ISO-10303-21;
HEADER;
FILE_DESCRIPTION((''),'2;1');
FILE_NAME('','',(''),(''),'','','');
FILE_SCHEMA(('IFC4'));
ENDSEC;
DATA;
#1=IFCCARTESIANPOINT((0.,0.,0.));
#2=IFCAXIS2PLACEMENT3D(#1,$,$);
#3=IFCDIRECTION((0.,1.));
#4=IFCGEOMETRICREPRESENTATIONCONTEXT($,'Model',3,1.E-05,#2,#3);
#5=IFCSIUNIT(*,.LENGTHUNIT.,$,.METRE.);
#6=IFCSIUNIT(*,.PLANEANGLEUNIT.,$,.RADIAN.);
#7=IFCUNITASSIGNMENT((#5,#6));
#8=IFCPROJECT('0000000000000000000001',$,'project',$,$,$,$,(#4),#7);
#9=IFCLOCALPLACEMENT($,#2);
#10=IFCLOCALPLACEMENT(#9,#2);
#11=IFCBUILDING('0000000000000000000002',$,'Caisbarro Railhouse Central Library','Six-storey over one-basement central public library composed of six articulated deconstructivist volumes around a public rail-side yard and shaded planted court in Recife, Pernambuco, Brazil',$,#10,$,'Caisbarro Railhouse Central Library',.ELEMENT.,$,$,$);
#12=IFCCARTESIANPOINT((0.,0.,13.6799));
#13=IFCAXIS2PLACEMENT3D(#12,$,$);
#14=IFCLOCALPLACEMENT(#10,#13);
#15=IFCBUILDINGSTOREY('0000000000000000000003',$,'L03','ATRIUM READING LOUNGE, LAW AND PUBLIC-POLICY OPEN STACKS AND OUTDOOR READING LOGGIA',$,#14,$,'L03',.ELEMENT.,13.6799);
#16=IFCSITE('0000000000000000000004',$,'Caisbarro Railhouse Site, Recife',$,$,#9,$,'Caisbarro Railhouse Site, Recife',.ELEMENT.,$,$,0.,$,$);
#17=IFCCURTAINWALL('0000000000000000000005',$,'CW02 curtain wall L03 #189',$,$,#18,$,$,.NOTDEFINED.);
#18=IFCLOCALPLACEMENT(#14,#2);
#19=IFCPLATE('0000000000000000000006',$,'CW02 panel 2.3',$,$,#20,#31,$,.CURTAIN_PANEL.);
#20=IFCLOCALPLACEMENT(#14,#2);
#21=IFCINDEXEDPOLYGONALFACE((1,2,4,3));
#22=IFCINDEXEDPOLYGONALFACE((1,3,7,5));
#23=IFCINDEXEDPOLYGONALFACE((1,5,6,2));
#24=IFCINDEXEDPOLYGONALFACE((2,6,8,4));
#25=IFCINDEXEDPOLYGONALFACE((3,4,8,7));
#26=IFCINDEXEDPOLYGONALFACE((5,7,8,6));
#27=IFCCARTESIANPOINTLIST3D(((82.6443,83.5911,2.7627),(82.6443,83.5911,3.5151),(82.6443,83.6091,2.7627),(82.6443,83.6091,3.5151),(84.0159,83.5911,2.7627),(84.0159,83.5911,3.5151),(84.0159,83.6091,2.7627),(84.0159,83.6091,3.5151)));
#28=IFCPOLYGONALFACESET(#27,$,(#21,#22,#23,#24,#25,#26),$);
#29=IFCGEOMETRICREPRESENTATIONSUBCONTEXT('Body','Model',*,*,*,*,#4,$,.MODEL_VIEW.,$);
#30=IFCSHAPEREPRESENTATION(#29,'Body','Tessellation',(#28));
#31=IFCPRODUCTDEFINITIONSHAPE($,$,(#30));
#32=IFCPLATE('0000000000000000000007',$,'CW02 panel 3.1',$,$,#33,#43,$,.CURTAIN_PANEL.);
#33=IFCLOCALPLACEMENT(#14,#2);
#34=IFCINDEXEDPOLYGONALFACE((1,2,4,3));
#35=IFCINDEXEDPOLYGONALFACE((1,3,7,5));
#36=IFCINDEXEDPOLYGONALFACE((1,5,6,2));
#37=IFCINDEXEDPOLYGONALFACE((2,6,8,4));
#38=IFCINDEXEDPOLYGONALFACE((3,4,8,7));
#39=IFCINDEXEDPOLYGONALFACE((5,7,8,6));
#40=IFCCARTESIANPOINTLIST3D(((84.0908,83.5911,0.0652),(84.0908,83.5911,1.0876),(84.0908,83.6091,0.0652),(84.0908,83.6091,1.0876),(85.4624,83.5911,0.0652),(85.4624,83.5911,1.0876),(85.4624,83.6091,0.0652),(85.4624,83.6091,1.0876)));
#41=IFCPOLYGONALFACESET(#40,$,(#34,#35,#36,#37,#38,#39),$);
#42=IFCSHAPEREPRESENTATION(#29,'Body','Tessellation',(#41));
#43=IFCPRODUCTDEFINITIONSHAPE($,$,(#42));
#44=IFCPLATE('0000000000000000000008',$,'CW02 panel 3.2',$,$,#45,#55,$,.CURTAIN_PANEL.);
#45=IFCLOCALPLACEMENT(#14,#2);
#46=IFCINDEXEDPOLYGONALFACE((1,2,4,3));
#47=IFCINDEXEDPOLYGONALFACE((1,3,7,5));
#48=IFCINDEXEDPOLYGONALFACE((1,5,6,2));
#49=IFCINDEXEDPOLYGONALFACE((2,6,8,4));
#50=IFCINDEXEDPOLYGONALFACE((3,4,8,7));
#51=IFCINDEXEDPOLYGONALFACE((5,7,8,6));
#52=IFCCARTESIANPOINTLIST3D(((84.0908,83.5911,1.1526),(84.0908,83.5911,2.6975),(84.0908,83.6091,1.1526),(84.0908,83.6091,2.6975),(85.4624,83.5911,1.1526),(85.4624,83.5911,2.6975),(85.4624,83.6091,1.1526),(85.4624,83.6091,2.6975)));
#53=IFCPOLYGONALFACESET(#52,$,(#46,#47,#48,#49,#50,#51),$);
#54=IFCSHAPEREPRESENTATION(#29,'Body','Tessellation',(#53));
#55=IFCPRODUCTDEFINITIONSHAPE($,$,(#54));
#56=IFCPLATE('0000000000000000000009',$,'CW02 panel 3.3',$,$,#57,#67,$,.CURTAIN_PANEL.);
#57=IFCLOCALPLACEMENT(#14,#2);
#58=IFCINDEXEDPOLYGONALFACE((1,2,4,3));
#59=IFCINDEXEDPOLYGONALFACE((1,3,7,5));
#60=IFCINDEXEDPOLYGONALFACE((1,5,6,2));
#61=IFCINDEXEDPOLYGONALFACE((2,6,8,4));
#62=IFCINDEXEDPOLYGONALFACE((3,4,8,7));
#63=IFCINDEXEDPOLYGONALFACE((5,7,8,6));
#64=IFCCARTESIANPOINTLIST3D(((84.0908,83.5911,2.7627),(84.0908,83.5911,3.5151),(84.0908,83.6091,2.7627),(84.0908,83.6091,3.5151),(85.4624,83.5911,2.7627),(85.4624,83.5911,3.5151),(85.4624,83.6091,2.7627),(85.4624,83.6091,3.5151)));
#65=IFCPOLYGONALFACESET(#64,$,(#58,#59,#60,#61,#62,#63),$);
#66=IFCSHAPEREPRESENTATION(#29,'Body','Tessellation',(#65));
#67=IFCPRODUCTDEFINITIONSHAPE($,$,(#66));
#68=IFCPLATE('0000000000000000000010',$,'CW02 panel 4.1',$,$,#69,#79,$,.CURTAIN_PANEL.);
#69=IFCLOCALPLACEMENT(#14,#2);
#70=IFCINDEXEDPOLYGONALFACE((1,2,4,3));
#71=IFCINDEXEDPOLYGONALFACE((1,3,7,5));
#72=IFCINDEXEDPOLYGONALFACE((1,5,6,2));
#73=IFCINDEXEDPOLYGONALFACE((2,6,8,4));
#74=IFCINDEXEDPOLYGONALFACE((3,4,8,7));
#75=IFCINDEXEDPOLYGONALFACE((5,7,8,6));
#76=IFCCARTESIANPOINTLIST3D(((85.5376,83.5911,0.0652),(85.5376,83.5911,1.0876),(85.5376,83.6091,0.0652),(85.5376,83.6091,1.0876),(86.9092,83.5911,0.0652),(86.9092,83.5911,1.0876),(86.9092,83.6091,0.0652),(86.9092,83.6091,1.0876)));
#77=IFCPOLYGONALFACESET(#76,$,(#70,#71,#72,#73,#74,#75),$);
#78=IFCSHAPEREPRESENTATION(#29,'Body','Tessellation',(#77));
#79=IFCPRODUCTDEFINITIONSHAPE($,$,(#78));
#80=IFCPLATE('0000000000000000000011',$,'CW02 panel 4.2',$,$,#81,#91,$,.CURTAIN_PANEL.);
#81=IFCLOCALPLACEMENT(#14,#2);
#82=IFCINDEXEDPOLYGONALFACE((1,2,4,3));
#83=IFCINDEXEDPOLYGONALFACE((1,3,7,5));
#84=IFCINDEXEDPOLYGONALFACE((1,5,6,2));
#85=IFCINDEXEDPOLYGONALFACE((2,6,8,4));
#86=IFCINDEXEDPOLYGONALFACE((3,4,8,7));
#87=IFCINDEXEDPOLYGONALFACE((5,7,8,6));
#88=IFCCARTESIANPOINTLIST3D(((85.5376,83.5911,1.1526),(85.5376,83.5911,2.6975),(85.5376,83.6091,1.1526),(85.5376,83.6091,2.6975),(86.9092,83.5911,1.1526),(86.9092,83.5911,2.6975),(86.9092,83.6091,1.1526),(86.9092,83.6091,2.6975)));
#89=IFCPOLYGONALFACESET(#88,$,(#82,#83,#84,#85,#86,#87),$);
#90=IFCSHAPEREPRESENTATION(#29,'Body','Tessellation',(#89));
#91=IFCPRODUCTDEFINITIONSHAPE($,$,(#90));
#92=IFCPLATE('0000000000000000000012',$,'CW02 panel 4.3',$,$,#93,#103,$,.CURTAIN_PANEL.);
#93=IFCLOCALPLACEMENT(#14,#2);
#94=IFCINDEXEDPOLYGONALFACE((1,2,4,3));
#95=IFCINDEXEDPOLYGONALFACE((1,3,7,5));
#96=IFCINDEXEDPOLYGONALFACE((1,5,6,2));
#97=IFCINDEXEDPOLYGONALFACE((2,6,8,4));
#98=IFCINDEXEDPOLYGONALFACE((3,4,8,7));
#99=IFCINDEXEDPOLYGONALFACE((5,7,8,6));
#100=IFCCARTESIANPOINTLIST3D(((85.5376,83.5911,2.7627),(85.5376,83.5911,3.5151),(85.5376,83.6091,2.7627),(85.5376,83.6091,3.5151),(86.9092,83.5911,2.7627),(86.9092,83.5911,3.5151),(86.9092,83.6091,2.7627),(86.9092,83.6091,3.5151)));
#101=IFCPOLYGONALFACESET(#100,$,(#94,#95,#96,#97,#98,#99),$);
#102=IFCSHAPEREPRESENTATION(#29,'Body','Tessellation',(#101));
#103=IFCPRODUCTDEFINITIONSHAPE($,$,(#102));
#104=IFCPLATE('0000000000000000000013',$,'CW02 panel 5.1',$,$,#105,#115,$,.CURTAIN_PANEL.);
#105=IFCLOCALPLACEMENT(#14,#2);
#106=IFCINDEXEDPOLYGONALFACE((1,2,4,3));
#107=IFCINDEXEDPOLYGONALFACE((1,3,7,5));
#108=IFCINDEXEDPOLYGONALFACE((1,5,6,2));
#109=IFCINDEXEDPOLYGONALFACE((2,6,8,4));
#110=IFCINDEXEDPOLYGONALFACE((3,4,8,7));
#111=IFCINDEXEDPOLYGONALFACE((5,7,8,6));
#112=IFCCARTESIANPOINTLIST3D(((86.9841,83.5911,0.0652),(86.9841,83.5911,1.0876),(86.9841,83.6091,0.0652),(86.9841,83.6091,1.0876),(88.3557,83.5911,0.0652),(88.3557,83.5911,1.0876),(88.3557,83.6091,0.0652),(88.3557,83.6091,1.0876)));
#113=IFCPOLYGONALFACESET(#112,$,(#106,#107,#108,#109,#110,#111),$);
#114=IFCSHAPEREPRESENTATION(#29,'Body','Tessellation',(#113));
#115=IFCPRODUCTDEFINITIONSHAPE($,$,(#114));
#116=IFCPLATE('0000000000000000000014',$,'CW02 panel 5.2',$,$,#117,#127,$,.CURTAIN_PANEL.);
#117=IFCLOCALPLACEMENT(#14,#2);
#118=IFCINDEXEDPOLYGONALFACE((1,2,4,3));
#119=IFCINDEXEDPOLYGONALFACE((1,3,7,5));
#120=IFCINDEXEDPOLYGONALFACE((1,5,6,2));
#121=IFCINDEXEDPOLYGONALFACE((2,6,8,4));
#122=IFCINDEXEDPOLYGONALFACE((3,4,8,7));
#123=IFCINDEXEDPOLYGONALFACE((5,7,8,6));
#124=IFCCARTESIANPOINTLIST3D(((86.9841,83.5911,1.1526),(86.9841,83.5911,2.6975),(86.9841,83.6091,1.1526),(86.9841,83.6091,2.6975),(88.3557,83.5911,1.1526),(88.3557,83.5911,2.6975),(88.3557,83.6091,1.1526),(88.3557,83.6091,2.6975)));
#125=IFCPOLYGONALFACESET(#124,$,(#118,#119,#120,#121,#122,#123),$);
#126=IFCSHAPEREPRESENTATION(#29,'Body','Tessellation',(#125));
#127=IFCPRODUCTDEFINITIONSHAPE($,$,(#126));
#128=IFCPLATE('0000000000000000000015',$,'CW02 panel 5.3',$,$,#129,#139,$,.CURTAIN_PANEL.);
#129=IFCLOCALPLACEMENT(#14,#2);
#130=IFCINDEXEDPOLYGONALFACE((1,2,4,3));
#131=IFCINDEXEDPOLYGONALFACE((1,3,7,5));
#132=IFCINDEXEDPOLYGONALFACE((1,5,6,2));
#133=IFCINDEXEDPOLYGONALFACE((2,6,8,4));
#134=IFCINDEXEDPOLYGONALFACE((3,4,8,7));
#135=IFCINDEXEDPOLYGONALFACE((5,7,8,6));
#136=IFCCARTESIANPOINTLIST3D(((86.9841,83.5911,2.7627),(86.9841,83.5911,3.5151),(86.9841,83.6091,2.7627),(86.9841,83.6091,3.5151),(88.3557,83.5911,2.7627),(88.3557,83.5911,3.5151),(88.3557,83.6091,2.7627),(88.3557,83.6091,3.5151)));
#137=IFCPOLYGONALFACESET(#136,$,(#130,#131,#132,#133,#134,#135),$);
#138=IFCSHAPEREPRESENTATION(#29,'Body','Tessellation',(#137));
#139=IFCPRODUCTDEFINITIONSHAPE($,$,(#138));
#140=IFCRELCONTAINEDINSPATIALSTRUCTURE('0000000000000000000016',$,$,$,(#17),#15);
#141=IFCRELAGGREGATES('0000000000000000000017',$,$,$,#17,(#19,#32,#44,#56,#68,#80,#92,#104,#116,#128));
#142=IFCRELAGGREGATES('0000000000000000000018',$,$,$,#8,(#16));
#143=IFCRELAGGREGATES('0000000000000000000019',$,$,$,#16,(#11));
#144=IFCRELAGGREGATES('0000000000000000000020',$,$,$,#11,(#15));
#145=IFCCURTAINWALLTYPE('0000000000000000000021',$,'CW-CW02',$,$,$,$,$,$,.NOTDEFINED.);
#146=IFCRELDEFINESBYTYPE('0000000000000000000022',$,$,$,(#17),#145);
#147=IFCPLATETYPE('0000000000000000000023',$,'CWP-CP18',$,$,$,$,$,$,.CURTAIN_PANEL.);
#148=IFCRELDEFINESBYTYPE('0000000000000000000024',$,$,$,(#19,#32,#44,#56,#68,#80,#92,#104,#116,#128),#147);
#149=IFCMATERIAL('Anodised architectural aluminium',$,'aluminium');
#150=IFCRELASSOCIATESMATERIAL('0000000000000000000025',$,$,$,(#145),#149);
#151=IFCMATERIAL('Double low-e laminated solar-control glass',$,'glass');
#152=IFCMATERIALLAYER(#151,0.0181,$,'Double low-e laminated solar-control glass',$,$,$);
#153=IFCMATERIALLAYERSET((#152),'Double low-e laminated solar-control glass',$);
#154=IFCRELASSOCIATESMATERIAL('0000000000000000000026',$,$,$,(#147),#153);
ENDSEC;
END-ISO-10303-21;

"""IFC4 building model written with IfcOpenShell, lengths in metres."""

from ifc_helpers import new_model, si_unit, direction, frame, origin, origin_2d, place, context, subcontext, project, spatial, rectangle, extrude, material, layer, layer_set, type_object, element, aggregate, save


model = new_model("IFC4")

# Units and contexts
model_context = context("Model", 3, precision=1e-05, world=origin(), true_north=direction((0.0, 1.0)))
body_context = subcontext(model_context, "Body", "Model", "MODEL_VIEW")
ifc_project = project(units=[si_unit("LENGTHUNIT", "METRE"), si_unit("PLANEANGLEUNIT", "RADIAN")], contexts=[model_context])

# Site, building, storey
site_placement = place(None, origin())
site = spatial("IfcSite", under=ifc_project, at=site_placement, Name="Caisbarro Railhouse Site, Recife", LongName="Caisbarro Railhouse Site, Recife", CompositionType="ELEMENT", RefElevation=0.0)
building_placement = place(site_placement, origin())
building = spatial("IfcBuilding", under=site, at=building_placement, Name="Caisbarro Railhouse Central Library", Description="Six-storey over one-basement central public library composed of six articulated deconstructivist volumes around a public rail-side yard and shaded planted court in Recife, Pernambuco, Brazil", LongName="Caisbarro Railhouse Central Library", CompositionType="ELEMENT")
storey_placement = place(building_placement, frame((0.0, 0.0, 13.6799)))
storey = spatial("IfcBuildingStorey", under=building, at=storey_placement, Name="L03", Description="ATRIUM READING LOUNGE, LAW AND PUBLIC-POLICY OPEN STACKS AND OUTDOOR READING LOGGIA", LongName="L03", CompositionType="ELEMENT", Elevation=13.6799)

# Curtain wall, plates
ifc_material_1 = material(Name="Anodised architectural aluminium", Category="aluminium")
curtain_wall_type = type_object("IfcCurtainWallType", Name="CW-CW02", PredefinedType="NOTDEFINED", material=ifc_material_1)
curtain_wall_placement = place(storey_placement, origin())
curtain_wall = element("IfcCurtainWall", 1, at=curtain_wall_placement, inside=storey, type_object=curtain_wall_type, Name="CW02 curtain wall L03 #189", PredefinedType="NOTDEFINED")
ifc_material_2 = material(Name="Double low-e laminated solar-control glass", Category="glass")
ifc_layer = layer(ifc_material_2, 0.0181, Name="Double low-e laminated solar-control glass")
ifc_layer_set = layer_set([ifc_layer], Name="Double low-e laminated solar-control glass")
plate_type = type_object("IfcPlateType", Name="CWP-CP18", PredefinedType="CURTAIN_PANEL", material=ifc_layer_set)
plate_1_placement = place(storey_placement, frame((83.3301, 83.6001, 2.7627), z_axis=(0.0, 0.0, 1.0), x_axis=(1.0, 0.0, 0.0)))
plate_1 = element("IfcPlate", 2, at=plate_1_placement, type_object=plate_type, Name="CW02 panel 2.3", PredefinedType="CURTAIN_PANEL", context=body_context, shape_type="SweptSolid", body=[
    extrude(rectangle(XDim=1.3716, YDim=0.0181, at=origin_2d()), origin(), (0.0, 0.0, 1.0), 0.7524),
])
plate_2_placement = place(storey_placement, frame((84.7766, 83.6001, 0.0652), z_axis=(0.0, 0.0, 1.0), x_axis=(1.0, 0.0, 0.0)))
plate_2 = element("IfcPlate", 3, at=plate_2_placement, type_object=plate_type, Name="CW02 panel 3.1", PredefinedType="CURTAIN_PANEL", context=body_context, shape_type="SweptSolid", body=[
    extrude(rectangle(XDim=1.3716, YDim=0.0181, at=origin_2d()), origin(), (0.0, 0.0, 1.0), 1.0225),
])
plate_3_placement = place(storey_placement, frame((84.7766, 83.6001, 1.1526), z_axis=(0.0, 0.0, 1.0), x_axis=(1.0, 0.0, 0.0)))
plate_3 = element("IfcPlate", 4, at=plate_3_placement, type_object=plate_type, Name="CW02 panel 3.2", PredefinedType="CURTAIN_PANEL", context=body_context, shape_type="SweptSolid", body=[
    extrude(rectangle(XDim=1.3716, YDim=0.0181, at=origin_2d()), origin(), (0.0, 0.0, 1.0), 1.5449),
])
plate_4_placement = place(storey_placement, frame((84.7766, 83.6001, 2.7627), z_axis=(0.0, 0.0, 1.0), x_axis=(1.0, 0.0, 0.0)))
plate_4 = element("IfcPlate", 5, at=plate_4_placement, type_object=plate_type, Name="CW02 panel 3.3", PredefinedType="CURTAIN_PANEL", context=body_context, shape_type="SweptSolid", body=[
    extrude(rectangle(XDim=1.3716, YDim=0.0181, at=origin_2d()), origin(), (0.0, 0.0, 1.0), 0.7524),
])
plate_5_placement = place(storey_placement, frame((86.2234, 83.6001, 0.0652), z_axis=(0.0, 0.0, 1.0), x_axis=(1.0, 0.0, 0.0)))
plate_5 = element("IfcPlate", 6, at=plate_5_placement, type_object=plate_type, Name="CW02 panel 4.1", PredefinedType="CURTAIN_PANEL", context=body_context, shape_type="SweptSolid", body=[
    extrude(rectangle(XDim=1.3716, YDim=0.0181, at=origin_2d()), origin(), (0.0, 0.0, 1.0), 1.0225),
])
plate_6_placement = place(storey_placement, frame((86.2234, 83.6001, 1.1526), z_axis=(0.0, 0.0, 1.0), x_axis=(1.0, 0.0, 0.0)))
plate_6 = element("IfcPlate", 7, at=plate_6_placement, type_object=plate_type, Name="CW02 panel 4.2", PredefinedType="CURTAIN_PANEL", context=body_context, shape_type="SweptSolid", body=[
    extrude(rectangle(XDim=1.3716, YDim=0.0181, at=origin_2d()), origin(), (0.0, 0.0, 1.0), 1.5449),
])
plate_7_placement = place(storey_placement, frame((86.2234, 83.6001, 2.7627), z_axis=(0.0, 0.0, 1.0), x_axis=(1.0, 0.0, 0.0)))
plate_7 = element("IfcPlate", 8, at=plate_7_placement, type_object=plate_type, Name="CW02 panel 4.3", PredefinedType="CURTAIN_PANEL", context=body_context, shape_type="SweptSolid", body=[
    extrude(rectangle(XDim=1.3716, YDim=0.0181, at=origin_2d()), origin(), (0.0, 0.0, 1.0), 0.7524),
])
plate_8_placement = place(storey_placement, frame((87.6699, 83.6001, 0.0652), z_axis=(0.0, 0.0, 1.0), x_axis=(1.0, 0.0, 0.0)))
plate_8 = element("IfcPlate", 9, at=plate_8_placement, type_object=plate_type, Name="CW02 panel 5.1", PredefinedType="CURTAIN_PANEL", context=body_context, shape_type="SweptSolid", body=[
    extrude(rectangle(XDim=1.3716, YDim=0.0181, at=origin_2d()), origin(), (0.0, 0.0, 1.0), 1.0225),
])
plate_9_placement = place(storey_placement, frame((87.6699, 83.6001, 1.1526), z_axis=(0.0, 0.0, 1.0), x_axis=(1.0, 0.0, 0.0)))
plate_9 = element("IfcPlate", 10, at=plate_9_placement, type_object=plate_type, Name="CW02 panel 5.2", PredefinedType="CURTAIN_PANEL", context=body_context, shape_type="SweptSolid", body=[
    extrude(rectangle(XDim=1.3716, YDim=0.0181, at=origin_2d()), origin(), (0.0, 0.0, 1.0), 1.5449),
])
plate_10_placement = place(storey_placement, frame((87.6699, 83.6001, 2.7627), z_axis=(0.0, 0.0, 1.0), x_axis=(1.0, 0.0, 0.0)))
plate_10 = element("IfcPlate", 11, at=plate_10_placement, type_object=plate_type, Name="CW02 panel 5.3", PredefinedType="CURTAIN_PANEL", context=body_context, shape_type="SweptSolid", body=[
    extrude(rectangle(XDim=1.3716, YDim=0.0181, at=origin_2d()), origin(), (0.0, 0.0, 1.0), 0.7524),
])
aggregate(curtain_wall, [plate_1, plate_2, plate_3, plate_4, plate_5, plate_6, plate_7, plate_8, plate_9, plate_10])

save(model, "model.ifc")
